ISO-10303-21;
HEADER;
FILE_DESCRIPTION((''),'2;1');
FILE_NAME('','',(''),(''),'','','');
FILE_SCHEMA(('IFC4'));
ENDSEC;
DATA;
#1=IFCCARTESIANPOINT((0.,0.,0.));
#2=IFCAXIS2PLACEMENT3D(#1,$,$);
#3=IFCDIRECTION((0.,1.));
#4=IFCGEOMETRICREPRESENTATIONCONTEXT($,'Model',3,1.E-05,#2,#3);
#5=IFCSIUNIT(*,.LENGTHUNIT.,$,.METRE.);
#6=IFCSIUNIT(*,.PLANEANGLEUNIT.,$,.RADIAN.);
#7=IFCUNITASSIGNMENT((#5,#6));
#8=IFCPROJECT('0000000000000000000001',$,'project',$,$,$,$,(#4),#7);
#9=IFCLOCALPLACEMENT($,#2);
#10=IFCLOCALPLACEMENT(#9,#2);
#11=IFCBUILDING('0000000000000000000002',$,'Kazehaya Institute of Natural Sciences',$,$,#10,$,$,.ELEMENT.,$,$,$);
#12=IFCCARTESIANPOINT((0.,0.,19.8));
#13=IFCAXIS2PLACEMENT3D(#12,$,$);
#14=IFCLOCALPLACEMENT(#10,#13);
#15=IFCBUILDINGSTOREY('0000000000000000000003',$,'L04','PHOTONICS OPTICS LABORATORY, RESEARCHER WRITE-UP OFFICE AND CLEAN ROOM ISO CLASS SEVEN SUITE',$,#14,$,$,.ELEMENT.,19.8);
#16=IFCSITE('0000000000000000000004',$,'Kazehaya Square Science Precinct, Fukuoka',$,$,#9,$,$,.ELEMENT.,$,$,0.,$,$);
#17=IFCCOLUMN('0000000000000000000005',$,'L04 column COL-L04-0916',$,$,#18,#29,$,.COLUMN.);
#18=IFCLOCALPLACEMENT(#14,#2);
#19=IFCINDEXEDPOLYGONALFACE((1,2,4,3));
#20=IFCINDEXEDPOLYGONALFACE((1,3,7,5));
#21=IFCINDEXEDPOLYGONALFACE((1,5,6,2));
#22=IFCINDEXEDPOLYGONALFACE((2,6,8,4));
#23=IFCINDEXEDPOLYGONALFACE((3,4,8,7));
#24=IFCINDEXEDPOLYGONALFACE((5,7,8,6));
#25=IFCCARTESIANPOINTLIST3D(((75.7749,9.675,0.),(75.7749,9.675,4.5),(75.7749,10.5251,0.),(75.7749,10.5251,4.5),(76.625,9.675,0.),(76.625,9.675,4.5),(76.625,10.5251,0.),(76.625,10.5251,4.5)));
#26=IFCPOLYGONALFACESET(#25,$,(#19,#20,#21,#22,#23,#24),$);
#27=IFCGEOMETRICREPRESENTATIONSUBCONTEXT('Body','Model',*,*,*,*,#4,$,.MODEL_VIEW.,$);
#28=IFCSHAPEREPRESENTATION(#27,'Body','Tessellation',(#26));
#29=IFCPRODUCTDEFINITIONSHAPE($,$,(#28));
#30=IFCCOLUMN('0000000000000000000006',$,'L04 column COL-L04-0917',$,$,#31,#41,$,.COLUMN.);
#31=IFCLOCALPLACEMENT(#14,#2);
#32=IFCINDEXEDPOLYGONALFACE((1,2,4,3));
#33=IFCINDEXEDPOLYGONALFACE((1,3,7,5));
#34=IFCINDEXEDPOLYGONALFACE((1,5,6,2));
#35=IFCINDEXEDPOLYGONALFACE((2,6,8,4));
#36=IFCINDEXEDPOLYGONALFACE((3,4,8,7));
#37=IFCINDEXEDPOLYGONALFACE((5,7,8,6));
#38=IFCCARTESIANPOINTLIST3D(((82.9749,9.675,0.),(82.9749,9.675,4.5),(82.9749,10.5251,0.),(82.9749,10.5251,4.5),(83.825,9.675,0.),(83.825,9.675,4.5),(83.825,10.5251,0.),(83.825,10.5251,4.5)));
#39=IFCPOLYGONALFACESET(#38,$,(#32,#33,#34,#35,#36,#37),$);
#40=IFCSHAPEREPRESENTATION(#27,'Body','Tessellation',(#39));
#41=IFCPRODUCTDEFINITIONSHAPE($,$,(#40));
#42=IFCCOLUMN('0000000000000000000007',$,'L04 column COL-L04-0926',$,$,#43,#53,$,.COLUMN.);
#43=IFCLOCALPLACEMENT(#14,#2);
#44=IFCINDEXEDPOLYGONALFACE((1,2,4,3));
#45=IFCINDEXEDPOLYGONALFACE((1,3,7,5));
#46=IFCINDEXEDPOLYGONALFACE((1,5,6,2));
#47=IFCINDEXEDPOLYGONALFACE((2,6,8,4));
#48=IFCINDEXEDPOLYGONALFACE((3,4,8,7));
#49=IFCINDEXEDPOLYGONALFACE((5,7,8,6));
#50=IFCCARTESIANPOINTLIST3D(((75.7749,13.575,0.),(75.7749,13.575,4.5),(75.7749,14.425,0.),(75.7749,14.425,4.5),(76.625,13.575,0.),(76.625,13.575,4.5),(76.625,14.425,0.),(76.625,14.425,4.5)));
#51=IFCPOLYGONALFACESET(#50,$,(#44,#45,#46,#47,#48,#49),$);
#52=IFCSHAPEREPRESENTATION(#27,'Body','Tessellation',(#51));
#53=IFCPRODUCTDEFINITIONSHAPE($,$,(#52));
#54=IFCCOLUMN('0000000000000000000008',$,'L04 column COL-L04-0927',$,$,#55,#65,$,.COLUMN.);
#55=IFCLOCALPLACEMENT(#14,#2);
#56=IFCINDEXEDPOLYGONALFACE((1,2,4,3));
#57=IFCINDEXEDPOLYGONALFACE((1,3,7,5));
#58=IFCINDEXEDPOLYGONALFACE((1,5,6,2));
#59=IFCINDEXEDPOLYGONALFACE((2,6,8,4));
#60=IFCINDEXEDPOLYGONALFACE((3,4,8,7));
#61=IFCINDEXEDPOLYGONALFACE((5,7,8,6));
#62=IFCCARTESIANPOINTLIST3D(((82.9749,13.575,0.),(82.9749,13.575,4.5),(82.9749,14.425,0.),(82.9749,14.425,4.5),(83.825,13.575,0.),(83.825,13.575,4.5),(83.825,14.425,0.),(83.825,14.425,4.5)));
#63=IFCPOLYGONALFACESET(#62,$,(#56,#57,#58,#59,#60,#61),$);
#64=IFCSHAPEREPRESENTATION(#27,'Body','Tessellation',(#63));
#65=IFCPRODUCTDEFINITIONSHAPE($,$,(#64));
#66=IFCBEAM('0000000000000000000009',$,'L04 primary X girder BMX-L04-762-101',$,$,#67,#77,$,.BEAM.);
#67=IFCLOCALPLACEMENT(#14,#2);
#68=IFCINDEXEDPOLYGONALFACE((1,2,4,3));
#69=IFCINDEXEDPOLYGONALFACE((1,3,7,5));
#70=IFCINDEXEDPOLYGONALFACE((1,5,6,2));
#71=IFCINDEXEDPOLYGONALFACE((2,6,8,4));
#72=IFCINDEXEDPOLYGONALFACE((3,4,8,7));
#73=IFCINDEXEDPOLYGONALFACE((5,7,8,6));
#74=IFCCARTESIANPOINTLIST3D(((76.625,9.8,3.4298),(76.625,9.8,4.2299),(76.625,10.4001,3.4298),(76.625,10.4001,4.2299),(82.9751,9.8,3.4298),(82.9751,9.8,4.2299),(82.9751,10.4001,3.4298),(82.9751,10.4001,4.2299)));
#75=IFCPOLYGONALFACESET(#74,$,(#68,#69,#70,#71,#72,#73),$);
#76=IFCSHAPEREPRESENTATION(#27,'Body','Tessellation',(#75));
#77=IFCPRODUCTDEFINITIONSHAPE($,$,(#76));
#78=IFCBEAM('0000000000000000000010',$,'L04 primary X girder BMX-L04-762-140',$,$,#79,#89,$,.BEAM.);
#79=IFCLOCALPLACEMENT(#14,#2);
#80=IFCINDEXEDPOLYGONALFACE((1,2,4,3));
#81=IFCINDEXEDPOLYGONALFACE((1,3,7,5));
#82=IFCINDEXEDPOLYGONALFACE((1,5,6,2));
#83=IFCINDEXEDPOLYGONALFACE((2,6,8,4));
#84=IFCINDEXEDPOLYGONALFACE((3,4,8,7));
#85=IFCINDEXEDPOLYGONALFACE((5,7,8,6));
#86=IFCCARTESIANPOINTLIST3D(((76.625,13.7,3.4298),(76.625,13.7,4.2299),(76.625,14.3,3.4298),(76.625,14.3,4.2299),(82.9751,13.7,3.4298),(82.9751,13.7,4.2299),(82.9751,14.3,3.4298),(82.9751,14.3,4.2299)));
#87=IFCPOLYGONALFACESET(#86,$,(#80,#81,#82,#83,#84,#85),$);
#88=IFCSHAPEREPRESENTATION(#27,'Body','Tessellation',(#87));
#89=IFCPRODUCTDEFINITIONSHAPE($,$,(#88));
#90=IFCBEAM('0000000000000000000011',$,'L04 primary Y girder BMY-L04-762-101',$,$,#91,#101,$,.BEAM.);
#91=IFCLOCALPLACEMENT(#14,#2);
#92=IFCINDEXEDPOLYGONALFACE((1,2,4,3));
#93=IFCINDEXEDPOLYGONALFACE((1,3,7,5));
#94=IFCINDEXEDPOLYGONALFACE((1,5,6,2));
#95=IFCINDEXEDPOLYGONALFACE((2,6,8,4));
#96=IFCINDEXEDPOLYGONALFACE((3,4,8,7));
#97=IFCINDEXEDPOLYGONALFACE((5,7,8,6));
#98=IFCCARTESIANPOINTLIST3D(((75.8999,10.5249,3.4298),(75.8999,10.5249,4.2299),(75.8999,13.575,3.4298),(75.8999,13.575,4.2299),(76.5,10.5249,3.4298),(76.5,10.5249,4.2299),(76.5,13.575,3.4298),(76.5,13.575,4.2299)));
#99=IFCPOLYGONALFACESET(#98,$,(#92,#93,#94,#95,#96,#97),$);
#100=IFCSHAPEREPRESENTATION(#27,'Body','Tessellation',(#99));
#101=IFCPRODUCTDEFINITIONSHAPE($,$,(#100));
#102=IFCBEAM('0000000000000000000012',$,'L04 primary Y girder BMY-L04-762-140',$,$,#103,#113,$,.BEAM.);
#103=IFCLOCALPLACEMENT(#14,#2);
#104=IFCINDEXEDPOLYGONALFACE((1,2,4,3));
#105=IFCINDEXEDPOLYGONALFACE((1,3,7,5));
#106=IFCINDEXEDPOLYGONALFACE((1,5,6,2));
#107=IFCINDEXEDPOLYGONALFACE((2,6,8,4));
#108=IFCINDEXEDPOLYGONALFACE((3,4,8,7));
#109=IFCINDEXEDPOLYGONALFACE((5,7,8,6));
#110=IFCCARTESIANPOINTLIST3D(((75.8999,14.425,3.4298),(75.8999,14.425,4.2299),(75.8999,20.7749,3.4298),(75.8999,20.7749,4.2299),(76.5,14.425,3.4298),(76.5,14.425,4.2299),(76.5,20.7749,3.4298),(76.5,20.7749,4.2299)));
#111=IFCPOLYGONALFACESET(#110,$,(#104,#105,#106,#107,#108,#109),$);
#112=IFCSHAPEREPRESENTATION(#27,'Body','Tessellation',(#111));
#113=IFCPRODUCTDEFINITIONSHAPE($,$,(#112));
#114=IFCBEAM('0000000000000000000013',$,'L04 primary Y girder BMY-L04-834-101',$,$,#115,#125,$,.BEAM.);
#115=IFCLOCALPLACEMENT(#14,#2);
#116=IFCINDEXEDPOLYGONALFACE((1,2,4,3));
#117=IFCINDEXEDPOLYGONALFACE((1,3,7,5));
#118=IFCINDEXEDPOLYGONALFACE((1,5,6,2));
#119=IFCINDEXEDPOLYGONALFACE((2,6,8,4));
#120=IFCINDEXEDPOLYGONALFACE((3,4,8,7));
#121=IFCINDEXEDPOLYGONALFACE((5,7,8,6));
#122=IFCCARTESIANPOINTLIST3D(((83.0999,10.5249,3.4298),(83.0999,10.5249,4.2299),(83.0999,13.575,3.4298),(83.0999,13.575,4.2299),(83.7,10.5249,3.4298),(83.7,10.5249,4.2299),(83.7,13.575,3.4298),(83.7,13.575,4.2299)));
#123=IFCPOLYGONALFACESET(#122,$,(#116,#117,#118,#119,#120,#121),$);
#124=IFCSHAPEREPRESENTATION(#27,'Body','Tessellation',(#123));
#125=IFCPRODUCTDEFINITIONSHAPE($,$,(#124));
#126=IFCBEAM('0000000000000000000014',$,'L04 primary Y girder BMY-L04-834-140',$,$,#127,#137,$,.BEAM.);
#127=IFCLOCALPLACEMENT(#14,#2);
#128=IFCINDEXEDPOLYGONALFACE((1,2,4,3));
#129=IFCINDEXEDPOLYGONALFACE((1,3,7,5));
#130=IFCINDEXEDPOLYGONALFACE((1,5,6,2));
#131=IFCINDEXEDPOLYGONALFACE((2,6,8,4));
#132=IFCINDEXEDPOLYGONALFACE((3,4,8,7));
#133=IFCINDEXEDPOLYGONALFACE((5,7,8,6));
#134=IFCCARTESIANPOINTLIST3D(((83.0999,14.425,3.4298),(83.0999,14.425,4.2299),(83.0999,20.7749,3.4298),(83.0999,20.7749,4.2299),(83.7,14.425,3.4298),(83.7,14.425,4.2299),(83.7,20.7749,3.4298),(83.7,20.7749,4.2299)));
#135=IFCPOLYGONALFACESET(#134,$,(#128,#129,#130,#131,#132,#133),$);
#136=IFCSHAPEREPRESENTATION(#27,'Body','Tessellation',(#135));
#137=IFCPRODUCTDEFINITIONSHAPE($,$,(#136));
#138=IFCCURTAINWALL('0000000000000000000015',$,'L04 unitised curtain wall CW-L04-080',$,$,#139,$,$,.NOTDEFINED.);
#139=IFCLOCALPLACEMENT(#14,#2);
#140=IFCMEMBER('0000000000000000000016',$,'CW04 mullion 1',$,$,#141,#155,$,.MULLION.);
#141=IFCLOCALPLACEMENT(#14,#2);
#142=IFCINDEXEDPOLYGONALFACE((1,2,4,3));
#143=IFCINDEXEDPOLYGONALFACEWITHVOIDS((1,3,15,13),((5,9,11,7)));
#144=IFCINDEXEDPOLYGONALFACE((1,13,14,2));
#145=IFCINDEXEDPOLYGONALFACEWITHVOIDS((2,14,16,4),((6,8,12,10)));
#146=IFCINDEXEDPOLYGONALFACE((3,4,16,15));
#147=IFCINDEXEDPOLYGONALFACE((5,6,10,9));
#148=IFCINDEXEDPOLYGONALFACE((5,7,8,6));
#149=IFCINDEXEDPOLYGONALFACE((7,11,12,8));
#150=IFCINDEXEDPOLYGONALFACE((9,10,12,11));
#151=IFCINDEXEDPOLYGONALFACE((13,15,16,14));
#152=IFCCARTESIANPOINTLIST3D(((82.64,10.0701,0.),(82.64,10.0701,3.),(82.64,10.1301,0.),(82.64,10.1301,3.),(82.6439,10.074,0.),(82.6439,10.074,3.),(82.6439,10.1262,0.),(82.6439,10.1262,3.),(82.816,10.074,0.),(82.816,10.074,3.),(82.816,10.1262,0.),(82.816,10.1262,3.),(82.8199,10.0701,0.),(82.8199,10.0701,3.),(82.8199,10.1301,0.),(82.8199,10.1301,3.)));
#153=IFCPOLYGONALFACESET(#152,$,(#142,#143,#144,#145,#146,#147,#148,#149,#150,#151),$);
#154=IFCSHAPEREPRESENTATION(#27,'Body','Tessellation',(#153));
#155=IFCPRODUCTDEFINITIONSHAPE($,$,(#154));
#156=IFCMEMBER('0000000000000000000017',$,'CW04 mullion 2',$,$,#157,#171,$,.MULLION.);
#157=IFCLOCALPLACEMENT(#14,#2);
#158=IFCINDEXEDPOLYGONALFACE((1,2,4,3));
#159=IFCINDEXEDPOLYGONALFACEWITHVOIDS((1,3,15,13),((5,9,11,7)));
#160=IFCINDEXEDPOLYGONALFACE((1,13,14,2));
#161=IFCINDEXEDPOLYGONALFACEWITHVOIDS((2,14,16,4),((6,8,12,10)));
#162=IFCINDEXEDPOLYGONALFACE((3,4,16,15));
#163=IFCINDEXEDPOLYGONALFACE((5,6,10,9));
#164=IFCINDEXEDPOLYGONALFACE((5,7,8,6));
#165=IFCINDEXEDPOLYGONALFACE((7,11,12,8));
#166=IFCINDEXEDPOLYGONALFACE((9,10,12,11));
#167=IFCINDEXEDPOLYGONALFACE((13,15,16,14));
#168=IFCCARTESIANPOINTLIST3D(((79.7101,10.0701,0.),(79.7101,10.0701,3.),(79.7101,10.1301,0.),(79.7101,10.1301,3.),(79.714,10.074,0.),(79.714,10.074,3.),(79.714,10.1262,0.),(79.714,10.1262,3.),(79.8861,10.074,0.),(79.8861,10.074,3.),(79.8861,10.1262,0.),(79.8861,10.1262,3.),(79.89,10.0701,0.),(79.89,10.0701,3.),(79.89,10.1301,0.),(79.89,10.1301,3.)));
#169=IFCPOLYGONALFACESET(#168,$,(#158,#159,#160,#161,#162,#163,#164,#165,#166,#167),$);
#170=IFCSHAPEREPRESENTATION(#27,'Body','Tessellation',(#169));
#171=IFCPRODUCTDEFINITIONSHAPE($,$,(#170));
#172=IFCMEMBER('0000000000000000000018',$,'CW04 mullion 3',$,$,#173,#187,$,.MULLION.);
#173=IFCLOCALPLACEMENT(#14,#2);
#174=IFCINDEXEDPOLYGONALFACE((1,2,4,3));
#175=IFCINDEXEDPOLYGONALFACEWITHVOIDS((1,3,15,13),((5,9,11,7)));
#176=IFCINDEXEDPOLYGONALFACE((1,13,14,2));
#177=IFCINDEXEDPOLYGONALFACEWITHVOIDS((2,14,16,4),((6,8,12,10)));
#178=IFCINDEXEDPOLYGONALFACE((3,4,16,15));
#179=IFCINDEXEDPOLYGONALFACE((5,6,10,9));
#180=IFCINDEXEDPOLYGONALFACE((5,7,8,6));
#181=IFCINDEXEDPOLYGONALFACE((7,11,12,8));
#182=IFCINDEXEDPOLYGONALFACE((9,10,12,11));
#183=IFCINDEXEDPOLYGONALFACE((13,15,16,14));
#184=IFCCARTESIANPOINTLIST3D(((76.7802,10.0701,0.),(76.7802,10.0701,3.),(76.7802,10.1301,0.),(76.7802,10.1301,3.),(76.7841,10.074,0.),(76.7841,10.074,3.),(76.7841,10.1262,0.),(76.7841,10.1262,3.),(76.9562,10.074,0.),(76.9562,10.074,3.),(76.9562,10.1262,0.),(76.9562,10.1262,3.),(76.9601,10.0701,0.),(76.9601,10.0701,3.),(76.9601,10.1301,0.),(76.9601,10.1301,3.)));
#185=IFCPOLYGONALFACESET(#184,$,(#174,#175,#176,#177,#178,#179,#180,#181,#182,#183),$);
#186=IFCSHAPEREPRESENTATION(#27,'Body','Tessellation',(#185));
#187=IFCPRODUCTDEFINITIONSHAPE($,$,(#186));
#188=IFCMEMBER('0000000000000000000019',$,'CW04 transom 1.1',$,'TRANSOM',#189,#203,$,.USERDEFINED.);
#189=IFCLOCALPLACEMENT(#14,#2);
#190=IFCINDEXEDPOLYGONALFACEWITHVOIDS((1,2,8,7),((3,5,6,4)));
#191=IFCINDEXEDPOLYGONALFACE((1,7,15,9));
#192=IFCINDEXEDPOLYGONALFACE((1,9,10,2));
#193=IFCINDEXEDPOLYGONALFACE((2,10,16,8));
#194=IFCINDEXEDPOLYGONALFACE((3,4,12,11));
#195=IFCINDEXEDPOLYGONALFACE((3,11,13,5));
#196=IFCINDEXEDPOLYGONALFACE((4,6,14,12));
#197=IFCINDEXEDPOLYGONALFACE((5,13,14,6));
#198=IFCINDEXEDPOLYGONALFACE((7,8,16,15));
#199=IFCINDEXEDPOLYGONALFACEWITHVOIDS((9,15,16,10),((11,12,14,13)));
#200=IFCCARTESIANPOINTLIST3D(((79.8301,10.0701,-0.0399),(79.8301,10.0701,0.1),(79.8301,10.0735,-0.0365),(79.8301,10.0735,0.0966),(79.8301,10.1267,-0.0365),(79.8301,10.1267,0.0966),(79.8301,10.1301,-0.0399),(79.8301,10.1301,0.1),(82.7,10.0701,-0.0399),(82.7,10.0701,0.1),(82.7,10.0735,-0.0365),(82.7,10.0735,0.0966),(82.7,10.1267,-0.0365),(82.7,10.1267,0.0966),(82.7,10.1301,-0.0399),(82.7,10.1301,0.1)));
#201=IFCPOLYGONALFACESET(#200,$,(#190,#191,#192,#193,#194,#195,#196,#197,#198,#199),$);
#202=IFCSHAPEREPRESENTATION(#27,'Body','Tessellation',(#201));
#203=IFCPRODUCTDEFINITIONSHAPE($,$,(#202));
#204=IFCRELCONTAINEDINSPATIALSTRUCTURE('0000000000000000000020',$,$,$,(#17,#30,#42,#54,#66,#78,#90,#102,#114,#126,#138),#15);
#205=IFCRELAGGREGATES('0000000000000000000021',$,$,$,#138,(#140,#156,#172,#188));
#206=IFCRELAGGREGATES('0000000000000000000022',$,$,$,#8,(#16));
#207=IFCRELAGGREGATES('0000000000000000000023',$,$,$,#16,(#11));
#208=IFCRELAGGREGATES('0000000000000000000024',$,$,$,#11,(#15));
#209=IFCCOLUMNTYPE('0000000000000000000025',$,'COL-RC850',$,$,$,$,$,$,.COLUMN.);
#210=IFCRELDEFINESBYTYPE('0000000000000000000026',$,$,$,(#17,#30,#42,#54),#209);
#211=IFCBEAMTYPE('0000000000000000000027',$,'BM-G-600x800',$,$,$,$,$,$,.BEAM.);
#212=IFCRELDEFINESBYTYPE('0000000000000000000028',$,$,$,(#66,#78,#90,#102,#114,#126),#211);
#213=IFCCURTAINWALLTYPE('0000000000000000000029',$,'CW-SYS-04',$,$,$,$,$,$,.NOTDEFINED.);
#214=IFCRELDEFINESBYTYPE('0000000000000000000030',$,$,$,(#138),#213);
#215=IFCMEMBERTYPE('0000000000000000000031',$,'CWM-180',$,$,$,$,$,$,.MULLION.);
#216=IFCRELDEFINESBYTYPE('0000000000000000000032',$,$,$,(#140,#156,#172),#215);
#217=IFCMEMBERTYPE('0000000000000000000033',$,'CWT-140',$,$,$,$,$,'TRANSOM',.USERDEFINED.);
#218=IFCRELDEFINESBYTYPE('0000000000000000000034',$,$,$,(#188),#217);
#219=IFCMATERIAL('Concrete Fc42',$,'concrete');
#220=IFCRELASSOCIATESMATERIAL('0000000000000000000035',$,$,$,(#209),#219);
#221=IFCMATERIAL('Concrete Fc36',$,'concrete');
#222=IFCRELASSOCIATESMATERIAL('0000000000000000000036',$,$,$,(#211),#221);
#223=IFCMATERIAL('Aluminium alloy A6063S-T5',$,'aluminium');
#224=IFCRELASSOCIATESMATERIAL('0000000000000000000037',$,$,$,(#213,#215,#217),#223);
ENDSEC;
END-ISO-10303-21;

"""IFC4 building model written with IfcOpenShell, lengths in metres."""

from ifc_helpers import new_model, si_unit, direction, frame, origin, origin_2d, place, context, subcontext, project, spatial, rectangle, hollow_rectangle, extrude, material, material_profile, profile_set, type_object, element, aggregate, save


model = new_model("IFC4")

# Units and contexts
model_context = context("Model", 3, precision=1e-05, world=origin(), true_north=direction((0.0, 1.0)))
body_context = subcontext(model_context, "Body", "Model", "MODEL_VIEW")
ifc_project = project(units=[si_unit("LENGTHUNIT", "METRE"), si_unit("PLANEANGLEUNIT", "RADIAN")], contexts=[model_context])

# Site, building, storey
site_placement = place(None, origin())
site = spatial("IfcSite", under=ifc_project, at=site_placement, Name="Kazehaya Square Science Precinct, Fukuoka", CompositionType="ELEMENT", RefElevation=0.0)
building_placement = place(site_placement, origin())
building = spatial("IfcBuilding", under=site, at=building_placement, Name="Kazehaya Institute of Natural Sciences", CompositionType="ELEMENT")
storey_placement = place(building_placement, frame((0.0, 0.0, 19.8)))
storey = spatial("IfcBuildingStorey", under=building, at=storey_placement, Name="L04", Description="PHOTONICS OPTICS LABORATORY, RESEARCHER WRITE-UP OFFICE AND CLEAN ROOM ISO CLASS SEVEN SUITE", CompositionType="ELEMENT", Elevation=19.8)

# Columns
ifc_material_1 = material(Name="Concrete Fc42", Category="concrete")
ifc_material_profile_1 = material_profile(ifc_material_1, rectangle(XDim=0.8501, YDim=0.8501, at=origin_2d()), Name="RC-850x850")
ifc_profile_set_1 = profile_set([ifc_material_profile_1], Name="Concrete Fc42")
column_type = type_object("IfcColumnType", Name="COL-RC850", PredefinedType="COLUMN", material=ifc_profile_set_1)
for number, where, z_axis, x_axis, name in (
    (1, (76.2, 10.1001, 0.0), (0.0, 0.0, 1.0), (1.0, 0.0, 0.0), "L04 column COL-L04-0916"),
    (2, (83.3999, 10.1001, 0.0), (0.0, 0.0, 1.0), (1.0, 0.0, 0.0), "L04 column COL-L04-0917"),
    (3, (76.2, 14.0, 0.0), (0.0, 0.0, 1.0), (1.0, 0.0, 0.0), "L04 column COL-L04-0926"),
    (4, (83.3999, 14.0, 0.0), (0.0, 0.0, 1.0), (1.0, 0.0, 0.0), "L04 column COL-L04-0927"),
):
    element("IfcColumn", number, at=place(storey_placement, frame(where, z_axis=z_axis, x_axis=x_axis)), inside=storey, type_object=column_type, Name=name, PredefinedType="COLUMN", context=body_context, shape_type="SweptSolid", body=[
        extrude(rectangle(XDim=0.8501, YDim=0.8501, at=origin_2d()), origin(), (0.0, 0.0, 1.0), 4.5),
    ])

# Beams
ifc_material_2 = material(Name="Concrete Fc36", Category="concrete")
ifc_material_profile_2 = material_profile(ifc_material_2, rectangle(XDim=0.6001, YDim=0.8, at=origin_2d()), Name="RC-600x800")
ifc_profile_set_2 = profile_set([ifc_material_profile_2], Name="Concrete Fc36")
beam_type = type_object("IfcBeamType", Name="BM-G-600x800", PredefinedType="BEAM", material=ifc_profile_set_2)
for number, where, z_axis, x_axis, name in (
    (5, (76.625, 10.1001, 3.8298), (1.0, 0.0, 0.0), (0.0, 1.0, 0.0), "L04 primary X girder BMX-L04-762-101"),
    (6, (76.625, 14.0, 3.8298), (1.0, 0.0, 0.0), (0.0, 1.0, 0.0), "L04 primary X girder BMX-L04-762-140"),
):
    element("IfcBeam", number, at=place(storey_placement, frame(where, z_axis=z_axis, x_axis=x_axis)), inside=storey, type_object=beam_type, Name=name, PredefinedType="BEAM", context=body_context, shape_type="SweptSolid", body=[
        extrude(rectangle(XDim=0.6001, YDim=0.8, at=origin_2d()), origin(), (0.0, 0.0, 1.0), 6.3501),
    ])
beam_1_placement = place(storey_placement, frame((76.2, 10.5249, 3.8298), z_axis=(0.0, 1.0, 0.0), x_axis=(-1.0, 0.0, 0.0)))
element("IfcBeam", 7, at=beam_1_placement, inside=storey, type_object=beam_type, Name="L04 primary Y girder BMY-L04-762-101", PredefinedType="BEAM", context=body_context, shape_type="SweptSolid", body=[
    extrude(rectangle(XDim=0.6001, YDim=0.8, at=origin_2d()), origin(), (0.0, 0.0, 1.0), 3.05),
])
beam_2_placement = place(storey_placement, frame((76.2, 14.425, 3.8298), z_axis=(0.0, 1.0, 0.0), x_axis=(-1.0, 0.0, 0.0)))
element("IfcBeam", 8, at=beam_2_placement, inside=storey, type_object=beam_type, Name="L04 primary Y girder BMY-L04-762-140", PredefinedType="BEAM", context=body_context, shape_type="SweptSolid", body=[
    extrude(rectangle(XDim=0.6001, YDim=0.8, at=origin_2d()), origin(), (0.0, 0.0, 1.0), 6.3499),
])
beam_3_placement = place(storey_placement, frame((83.3999, 10.5249, 3.8298), z_axis=(0.0, 1.0, 0.0), x_axis=(-1.0, 0.0, 0.0)))
element("IfcBeam", 9, at=beam_3_placement, inside=storey, type_object=beam_type, Name="L04 primary Y girder BMY-L04-834-101", PredefinedType="BEAM", context=body_context, shape_type="SweptSolid", body=[
    extrude(rectangle(XDim=0.6001, YDim=0.8, at=origin_2d()), origin(), (0.0, 0.0, 1.0), 3.05),
])
beam_4_placement = place(storey_placement, frame((83.3999, 14.425, 3.8298), z_axis=(0.0, 1.0, 0.0), x_axis=(-1.0, 0.0, 0.0)))
element("IfcBeam", 10, at=beam_4_placement, inside=storey, type_object=beam_type, Name="L04 primary Y girder BMY-L04-834-140", PredefinedType="BEAM", context=body_context, shape_type="SweptSolid", body=[
    extrude(rectangle(XDim=0.6001, YDim=0.8, at=origin_2d()), origin(), (0.0, 0.0, 1.0), 6.3499),
])

# Curtain wall, members
ifc_material_3 = material(Name="Aluminium alloy A6063S-T5", Category="aluminium")
curtain_wall_type = type_object("IfcCurtainWallType", Name="CW-SYS-04", PredefinedType="NOTDEFINED", material=ifc_material_3)
curtain_wall_placement = place(storey_placement, origin())
curtain_wall = element("IfcCurtainWall", 11, at=curtain_wall_placement, inside=storey, type_object=curtain_wall_type, Name="L04 unitised curtain wall CW-L04-080", PredefinedType="NOTDEFINED")
ifc_material_profile_3 = material_profile(ifc_material_3, hollow_rectangle(XDim=0.0601, YDim=0.1799, WallThickness=0.0039, at=origin_2d()), Name="ALU-60x180x4")
ifc_profile_set_3 = profile_set([ifc_material_profile_3], Name="Aluminium alloy A6063S-T5")
member_type_1 = type_object("IfcMemberType", Name="CWM-180", PredefinedType="MULLION", material=ifc_profile_set_3)
member_1_placement = place(storey_placement, frame((82.73, 10.1001, 0.0), z_axis=(0.0, 0.0, 1.0), x_axis=(0.0, -1.0, 0.0)))
member_1 = element("IfcMember", 12, at=member_1_placement, type_object=member_type_1, Name="CW04 mullion 1", PredefinedType="MULLION", context=body_context, shape_type="SweptSolid", body=[
    extrude(hollow_rectangle(XDim=0.0601, YDim=0.1799, WallThickness=0.0039, at=origin_2d()), origin(), (0.0, 0.0, 1.0), 3.0),
])
member_2_placement = place(storey_placement, frame((79.8, 10.1001, 0.0), z_axis=(0.0, 0.0, 1.0), x_axis=(0.0, -1.0, 0.0)))
member_2 = element("IfcMember", 13, at=member_2_placement, type_object=member_type_1, Name="CW04 mullion 2", PredefinedType="MULLION", context=body_context, shape_type="SweptSolid", body=[
    extrude(hollow_rectangle(XDim=0.0601, YDim=0.1799, WallThickness=0.0039, at=origin_2d()), origin(), (0.0, 0.0, 1.0), 3.0),
])
member_3_placement = place(storey_placement, frame((76.8701, 10.1001, 0.0), z_axis=(0.0, 0.0, 1.0), x_axis=(0.0, -1.0, 0.0)))
member_3 = element("IfcMember", 14, at=member_3_placement, type_object=member_type_1, Name="CW04 mullion 3", PredefinedType="MULLION", context=body_context, shape_type="SweptSolid", body=[
    extrude(hollow_rectangle(XDim=0.0601, YDim=0.1799, WallThickness=0.0039, at=origin_2d()), origin(), (0.0, 0.0, 1.0), 3.0),
])
ifc_material_profile_4 = material_profile(ifc_material_3, hollow_rectangle(XDim=0.0601, YDim=0.1399, WallThickness=0.0034, at=origin_2d()), Name="ALU-60x140x3.5")
ifc_profile_set_4 = profile_set([ifc_material_profile_4], Name="Aluminium alloy A6063S-T5")
member_type_2 = type_object("IfcMemberType", Name="CWT-140", ElementType="TRANSOM", PredefinedType="USERDEFINED", material=ifc_profile_set_4)
member_4_placement = place(storey_placement, frame((82.7, 10.1001, 0.03), z_axis=(-1.0, 0.0, 0.0), x_axis=(0.0, -1.0, 0.0)))
member_4 = element("IfcMember", 15, at=member_4_placement, type_object=member_type_2, Name="CW04 transom 1.1", ObjectType="TRANSOM", PredefinedType="USERDEFINED", context=body_context, shape_type="SweptSolid", body=[
    extrude(hollow_rectangle(XDim=0.0601, YDim=0.1399, WallThickness=0.0034, at=origin_2d()), origin(), (0.0, 0.0, 1.0), 2.8699),
])
aggregate(curtain_wall, [member_1, member_2, member_3, member_4])

save(model, "model.ifc")
